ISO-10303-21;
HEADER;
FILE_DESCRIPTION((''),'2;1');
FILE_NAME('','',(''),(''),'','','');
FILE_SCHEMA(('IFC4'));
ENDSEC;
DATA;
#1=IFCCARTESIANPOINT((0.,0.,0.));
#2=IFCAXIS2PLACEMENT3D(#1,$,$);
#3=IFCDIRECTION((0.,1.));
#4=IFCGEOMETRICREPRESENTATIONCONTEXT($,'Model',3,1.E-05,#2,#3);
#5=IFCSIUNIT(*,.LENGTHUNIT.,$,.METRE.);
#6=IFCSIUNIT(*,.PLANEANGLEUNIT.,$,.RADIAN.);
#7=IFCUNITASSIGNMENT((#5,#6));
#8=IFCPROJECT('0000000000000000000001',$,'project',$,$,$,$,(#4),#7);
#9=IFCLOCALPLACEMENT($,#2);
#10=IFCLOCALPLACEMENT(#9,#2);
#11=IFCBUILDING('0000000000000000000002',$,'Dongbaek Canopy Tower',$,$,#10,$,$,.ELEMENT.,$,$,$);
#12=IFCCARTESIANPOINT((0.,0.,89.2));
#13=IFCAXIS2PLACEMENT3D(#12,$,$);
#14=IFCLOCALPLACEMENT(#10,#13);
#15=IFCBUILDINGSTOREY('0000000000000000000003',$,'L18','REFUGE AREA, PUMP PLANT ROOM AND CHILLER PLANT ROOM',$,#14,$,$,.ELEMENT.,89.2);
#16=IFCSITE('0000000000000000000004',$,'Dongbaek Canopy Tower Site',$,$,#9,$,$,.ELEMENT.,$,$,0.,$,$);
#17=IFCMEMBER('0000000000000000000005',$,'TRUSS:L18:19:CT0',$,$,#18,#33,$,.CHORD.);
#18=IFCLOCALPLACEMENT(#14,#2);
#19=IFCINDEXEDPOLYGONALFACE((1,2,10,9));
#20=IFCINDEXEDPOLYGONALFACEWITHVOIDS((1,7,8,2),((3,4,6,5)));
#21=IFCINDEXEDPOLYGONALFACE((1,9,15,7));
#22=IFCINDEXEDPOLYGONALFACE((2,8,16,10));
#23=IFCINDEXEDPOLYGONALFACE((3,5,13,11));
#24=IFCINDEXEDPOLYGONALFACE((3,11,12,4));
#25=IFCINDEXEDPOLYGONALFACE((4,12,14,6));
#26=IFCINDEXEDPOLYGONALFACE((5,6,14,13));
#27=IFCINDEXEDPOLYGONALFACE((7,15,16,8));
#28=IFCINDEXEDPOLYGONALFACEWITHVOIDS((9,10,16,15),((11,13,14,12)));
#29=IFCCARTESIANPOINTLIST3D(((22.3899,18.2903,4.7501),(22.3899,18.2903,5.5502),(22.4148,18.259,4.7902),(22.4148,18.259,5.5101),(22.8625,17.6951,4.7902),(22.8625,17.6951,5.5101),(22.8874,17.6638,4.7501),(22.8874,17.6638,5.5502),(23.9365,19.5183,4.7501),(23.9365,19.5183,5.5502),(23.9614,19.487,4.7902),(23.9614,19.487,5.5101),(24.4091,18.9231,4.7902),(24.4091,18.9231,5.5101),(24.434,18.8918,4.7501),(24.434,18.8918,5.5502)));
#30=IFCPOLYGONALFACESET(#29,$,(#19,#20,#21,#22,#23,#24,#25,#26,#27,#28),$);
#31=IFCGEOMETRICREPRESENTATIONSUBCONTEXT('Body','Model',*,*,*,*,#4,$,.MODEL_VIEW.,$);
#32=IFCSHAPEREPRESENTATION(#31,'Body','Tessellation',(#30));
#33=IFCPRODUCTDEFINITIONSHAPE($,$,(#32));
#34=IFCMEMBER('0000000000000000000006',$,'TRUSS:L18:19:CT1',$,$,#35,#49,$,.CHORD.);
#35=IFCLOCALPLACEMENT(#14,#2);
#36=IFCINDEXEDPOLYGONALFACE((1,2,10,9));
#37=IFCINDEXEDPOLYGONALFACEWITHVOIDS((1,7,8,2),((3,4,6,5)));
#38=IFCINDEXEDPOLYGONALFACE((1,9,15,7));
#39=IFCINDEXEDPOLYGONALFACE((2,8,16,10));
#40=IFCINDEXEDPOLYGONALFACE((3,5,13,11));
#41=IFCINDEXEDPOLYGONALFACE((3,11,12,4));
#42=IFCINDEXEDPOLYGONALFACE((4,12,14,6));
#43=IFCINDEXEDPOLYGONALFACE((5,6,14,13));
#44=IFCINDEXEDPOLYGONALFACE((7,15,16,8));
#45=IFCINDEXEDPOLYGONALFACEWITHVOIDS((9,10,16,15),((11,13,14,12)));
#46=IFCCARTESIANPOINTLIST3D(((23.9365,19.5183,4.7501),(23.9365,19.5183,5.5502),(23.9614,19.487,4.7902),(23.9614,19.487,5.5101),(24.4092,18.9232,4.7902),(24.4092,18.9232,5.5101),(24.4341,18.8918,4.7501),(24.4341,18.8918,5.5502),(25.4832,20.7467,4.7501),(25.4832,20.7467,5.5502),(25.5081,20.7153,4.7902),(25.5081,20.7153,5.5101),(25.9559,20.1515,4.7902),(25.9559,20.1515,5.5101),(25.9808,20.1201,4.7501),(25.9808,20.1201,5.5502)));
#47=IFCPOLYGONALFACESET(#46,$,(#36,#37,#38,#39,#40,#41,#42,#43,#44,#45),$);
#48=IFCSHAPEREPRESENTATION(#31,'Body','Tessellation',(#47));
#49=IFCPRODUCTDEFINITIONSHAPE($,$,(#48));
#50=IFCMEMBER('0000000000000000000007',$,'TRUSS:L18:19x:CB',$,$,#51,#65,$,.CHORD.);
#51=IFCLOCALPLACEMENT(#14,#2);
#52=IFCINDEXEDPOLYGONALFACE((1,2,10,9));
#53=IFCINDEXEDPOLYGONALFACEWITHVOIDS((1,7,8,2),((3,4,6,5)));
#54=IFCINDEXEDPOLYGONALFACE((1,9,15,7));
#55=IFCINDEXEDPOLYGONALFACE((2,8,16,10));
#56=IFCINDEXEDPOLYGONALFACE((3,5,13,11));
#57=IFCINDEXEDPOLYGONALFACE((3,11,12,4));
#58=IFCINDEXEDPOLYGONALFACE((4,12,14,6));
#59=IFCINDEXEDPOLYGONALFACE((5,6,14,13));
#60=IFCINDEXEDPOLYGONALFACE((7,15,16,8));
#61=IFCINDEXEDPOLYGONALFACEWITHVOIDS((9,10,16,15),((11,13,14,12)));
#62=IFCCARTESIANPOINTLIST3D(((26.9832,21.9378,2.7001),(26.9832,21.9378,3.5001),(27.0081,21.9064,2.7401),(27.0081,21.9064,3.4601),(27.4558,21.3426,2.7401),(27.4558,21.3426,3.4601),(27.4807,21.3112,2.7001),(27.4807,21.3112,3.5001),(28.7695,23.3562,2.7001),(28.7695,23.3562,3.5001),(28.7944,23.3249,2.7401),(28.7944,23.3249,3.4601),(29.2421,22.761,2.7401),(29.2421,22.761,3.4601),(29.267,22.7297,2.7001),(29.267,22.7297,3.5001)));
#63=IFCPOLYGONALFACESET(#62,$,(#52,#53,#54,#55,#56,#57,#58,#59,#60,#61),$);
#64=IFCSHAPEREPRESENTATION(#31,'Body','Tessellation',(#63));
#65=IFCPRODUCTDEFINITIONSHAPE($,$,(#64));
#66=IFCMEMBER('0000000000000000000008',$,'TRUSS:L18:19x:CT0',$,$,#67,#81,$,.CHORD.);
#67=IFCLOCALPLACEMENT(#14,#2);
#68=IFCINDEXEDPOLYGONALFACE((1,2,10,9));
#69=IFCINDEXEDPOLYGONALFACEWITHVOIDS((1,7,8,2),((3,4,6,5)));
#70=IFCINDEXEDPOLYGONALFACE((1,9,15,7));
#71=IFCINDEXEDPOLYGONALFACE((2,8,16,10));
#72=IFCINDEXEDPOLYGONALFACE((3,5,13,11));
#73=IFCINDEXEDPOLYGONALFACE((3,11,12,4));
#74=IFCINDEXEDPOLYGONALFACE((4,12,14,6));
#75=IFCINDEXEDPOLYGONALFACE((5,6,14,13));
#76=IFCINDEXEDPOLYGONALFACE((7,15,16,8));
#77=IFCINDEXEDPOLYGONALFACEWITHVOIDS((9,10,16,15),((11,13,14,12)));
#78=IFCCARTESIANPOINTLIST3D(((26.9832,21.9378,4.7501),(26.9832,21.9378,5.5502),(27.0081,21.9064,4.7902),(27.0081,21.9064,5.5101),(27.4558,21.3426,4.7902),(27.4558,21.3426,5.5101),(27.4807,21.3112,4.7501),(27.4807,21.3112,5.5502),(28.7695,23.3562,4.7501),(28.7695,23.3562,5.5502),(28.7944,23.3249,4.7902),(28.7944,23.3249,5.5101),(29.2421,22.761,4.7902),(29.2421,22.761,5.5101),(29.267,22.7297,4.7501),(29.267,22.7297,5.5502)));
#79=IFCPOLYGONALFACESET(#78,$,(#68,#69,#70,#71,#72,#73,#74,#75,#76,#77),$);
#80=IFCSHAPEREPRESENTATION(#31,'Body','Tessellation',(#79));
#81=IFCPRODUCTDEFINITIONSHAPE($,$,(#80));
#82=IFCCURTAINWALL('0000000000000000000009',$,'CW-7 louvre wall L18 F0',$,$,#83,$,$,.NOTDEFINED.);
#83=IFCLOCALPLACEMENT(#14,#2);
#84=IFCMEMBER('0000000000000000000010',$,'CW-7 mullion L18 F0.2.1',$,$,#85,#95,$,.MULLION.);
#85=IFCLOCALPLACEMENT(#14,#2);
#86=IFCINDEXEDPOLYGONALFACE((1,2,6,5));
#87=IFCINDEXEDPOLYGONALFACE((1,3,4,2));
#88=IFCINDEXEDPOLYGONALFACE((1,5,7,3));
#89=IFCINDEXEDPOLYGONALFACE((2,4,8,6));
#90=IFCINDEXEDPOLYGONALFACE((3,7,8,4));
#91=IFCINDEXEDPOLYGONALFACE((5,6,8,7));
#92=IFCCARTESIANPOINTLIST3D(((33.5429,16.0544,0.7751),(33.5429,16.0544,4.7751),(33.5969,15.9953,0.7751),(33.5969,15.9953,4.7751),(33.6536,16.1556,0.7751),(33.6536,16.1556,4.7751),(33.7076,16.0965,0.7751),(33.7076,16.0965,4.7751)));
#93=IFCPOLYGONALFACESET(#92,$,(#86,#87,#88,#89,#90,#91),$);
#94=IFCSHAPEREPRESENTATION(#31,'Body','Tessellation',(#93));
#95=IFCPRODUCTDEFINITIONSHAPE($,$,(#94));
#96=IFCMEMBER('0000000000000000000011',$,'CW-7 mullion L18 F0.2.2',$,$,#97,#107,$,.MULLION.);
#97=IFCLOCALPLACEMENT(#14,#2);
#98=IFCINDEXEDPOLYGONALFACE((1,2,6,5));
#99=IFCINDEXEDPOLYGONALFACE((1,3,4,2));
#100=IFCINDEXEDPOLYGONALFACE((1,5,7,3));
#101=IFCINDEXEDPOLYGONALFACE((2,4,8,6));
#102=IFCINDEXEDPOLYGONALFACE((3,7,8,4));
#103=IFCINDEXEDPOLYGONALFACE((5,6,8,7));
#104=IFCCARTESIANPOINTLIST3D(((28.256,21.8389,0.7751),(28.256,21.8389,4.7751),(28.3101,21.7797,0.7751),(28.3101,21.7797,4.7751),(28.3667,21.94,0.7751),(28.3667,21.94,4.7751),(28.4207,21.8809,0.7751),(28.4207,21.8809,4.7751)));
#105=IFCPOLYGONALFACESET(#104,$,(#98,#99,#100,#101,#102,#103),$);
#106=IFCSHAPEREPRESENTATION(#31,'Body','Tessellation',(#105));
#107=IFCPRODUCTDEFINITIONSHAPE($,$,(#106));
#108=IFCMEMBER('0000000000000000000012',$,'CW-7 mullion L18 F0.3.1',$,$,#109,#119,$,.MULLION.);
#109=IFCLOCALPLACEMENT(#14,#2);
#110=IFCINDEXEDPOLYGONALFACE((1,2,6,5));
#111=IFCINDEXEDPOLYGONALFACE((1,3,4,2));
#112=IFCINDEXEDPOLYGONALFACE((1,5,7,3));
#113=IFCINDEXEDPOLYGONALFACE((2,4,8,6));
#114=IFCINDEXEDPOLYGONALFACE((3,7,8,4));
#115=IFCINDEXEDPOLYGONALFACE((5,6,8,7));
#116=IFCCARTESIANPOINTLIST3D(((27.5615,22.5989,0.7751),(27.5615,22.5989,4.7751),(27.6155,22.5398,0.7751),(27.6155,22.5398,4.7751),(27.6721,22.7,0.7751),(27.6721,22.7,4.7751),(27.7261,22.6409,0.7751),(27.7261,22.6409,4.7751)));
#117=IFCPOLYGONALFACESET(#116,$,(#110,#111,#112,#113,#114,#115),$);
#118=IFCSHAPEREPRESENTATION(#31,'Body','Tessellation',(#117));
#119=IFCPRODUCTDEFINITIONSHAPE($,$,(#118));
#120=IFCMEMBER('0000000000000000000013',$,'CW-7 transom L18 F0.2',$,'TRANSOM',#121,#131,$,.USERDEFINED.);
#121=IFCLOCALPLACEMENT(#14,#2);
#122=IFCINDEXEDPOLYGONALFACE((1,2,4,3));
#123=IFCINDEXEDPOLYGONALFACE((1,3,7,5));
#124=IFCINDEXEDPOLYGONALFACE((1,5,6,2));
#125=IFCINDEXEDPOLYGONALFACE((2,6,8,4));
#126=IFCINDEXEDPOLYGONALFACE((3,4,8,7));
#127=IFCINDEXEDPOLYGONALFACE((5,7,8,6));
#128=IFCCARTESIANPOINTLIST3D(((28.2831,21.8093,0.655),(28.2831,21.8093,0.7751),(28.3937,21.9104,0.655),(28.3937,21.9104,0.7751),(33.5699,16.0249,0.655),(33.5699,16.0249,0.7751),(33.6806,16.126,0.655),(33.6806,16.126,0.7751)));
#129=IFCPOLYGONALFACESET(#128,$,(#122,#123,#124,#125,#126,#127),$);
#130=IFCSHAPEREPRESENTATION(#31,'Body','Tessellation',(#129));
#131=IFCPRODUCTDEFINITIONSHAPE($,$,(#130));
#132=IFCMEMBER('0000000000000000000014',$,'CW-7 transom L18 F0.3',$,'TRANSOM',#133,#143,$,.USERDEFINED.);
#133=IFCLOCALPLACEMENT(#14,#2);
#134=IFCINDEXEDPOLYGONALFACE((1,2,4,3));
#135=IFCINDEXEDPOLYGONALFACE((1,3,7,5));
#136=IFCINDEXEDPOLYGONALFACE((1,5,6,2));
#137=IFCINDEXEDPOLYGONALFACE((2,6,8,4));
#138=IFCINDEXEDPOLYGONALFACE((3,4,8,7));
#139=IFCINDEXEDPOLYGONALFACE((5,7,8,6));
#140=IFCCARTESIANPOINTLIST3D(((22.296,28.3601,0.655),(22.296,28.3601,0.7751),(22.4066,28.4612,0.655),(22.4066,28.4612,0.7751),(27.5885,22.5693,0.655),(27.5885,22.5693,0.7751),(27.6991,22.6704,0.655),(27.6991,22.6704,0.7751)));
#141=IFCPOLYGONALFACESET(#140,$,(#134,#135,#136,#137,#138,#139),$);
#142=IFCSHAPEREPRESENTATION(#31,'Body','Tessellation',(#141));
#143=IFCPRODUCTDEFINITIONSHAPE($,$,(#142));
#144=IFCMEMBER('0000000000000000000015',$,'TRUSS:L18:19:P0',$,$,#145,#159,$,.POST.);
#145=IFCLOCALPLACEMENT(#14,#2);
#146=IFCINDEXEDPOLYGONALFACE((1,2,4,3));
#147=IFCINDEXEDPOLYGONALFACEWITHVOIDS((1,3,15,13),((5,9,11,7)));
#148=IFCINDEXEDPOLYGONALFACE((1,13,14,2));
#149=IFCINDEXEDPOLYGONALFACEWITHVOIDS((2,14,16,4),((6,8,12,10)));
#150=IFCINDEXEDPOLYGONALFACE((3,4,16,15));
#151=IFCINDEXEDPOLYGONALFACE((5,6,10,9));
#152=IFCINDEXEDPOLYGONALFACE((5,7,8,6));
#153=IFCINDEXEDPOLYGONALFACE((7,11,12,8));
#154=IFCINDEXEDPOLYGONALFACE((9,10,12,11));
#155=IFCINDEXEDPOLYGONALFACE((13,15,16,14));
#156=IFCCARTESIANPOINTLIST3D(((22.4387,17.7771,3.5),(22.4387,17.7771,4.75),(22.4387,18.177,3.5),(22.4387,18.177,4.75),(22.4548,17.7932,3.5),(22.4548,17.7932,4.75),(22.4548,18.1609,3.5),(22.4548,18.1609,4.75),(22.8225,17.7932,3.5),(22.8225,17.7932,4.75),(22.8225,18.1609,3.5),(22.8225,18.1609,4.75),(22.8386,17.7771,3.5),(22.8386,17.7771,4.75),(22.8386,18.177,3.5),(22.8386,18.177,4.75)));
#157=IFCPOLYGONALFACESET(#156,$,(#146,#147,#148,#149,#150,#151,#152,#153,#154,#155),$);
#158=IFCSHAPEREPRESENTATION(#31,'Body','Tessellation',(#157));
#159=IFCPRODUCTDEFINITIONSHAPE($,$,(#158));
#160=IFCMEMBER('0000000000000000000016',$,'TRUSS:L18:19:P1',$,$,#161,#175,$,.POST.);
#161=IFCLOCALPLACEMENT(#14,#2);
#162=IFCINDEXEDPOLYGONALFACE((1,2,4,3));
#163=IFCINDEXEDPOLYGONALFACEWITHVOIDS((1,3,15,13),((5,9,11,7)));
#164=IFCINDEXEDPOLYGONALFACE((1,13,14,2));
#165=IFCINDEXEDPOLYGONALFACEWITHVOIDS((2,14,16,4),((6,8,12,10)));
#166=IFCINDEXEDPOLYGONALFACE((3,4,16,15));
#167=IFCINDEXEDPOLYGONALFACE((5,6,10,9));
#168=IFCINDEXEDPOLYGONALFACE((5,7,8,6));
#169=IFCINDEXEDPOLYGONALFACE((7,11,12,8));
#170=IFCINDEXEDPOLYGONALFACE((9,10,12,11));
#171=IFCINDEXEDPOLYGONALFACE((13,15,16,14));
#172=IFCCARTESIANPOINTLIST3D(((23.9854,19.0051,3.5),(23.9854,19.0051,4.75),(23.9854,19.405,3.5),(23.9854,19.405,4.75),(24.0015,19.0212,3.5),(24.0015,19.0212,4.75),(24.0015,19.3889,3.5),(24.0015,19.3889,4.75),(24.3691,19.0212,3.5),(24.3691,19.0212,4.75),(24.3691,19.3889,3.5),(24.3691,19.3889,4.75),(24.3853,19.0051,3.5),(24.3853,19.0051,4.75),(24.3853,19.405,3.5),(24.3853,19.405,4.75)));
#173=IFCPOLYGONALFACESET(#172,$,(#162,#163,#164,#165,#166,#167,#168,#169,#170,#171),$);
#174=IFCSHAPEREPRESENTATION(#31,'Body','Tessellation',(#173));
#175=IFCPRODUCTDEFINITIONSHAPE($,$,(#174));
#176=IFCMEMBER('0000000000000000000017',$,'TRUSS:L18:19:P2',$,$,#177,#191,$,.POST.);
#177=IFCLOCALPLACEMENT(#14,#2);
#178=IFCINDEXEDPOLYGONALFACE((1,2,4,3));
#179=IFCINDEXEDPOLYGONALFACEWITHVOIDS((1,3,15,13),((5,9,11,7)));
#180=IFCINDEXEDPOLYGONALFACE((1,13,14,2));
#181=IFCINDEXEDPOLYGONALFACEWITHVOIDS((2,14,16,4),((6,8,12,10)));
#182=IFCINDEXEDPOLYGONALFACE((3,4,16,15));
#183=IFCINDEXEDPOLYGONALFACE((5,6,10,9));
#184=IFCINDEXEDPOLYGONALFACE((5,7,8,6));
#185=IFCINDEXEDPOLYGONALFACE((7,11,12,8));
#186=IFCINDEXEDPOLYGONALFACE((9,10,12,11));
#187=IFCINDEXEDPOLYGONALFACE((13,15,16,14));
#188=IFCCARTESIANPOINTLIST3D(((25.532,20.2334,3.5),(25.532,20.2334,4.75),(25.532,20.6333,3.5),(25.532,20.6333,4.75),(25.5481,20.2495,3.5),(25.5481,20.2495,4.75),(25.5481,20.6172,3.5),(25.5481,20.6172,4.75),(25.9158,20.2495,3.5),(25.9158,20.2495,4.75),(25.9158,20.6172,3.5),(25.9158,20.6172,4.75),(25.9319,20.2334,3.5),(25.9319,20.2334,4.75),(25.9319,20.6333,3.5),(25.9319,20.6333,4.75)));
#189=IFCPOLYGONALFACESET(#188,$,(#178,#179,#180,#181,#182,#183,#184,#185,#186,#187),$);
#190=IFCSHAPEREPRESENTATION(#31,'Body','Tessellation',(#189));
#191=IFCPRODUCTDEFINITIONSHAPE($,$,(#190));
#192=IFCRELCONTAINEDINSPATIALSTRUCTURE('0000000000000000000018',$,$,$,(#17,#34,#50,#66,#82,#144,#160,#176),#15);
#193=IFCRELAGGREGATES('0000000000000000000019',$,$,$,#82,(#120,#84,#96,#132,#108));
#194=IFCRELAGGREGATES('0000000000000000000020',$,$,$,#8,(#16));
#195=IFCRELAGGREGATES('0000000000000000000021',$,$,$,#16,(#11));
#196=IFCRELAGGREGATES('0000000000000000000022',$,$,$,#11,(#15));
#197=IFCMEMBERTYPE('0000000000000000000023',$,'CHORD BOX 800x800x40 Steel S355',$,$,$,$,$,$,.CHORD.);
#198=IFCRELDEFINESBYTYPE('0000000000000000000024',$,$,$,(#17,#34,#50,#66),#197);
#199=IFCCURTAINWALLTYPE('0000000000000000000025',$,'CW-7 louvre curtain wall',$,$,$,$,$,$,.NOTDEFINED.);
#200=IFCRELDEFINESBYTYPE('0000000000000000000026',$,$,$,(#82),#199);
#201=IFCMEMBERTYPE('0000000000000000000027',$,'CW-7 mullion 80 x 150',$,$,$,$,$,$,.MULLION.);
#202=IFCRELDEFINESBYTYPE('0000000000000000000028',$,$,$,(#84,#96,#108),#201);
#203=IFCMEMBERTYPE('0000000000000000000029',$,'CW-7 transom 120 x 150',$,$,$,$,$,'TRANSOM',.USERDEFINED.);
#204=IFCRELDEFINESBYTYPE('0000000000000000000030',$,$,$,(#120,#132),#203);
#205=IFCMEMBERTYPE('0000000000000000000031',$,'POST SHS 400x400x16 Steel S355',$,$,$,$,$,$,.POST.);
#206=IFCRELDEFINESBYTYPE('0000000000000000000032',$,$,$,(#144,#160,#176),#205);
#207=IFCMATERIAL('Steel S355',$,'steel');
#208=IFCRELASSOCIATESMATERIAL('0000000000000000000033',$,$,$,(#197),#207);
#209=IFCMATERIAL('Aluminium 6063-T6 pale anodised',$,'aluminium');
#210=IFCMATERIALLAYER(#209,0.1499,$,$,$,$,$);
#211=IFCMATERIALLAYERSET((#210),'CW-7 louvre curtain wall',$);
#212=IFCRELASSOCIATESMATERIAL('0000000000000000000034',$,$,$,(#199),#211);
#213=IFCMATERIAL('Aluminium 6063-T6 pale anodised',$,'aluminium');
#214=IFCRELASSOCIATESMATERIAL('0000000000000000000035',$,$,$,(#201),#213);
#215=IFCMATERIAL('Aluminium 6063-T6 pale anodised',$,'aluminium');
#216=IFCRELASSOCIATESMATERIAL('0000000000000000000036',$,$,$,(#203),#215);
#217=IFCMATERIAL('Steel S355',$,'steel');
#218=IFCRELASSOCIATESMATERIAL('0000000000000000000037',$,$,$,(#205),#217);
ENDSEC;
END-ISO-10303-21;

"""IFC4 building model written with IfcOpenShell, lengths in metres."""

from ifc_helpers import new_model, si_unit, direction, frame, origin, origin_2d, place, context, subcontext, project, spatial, rectangle, hollow_rectangle, extrude, material, layer, layer_set, material_profile, profile_set, type_object, element, aggregate, save


model = new_model("IFC4")

# Units and contexts
model_context = context("Model", 3, precision=1e-05, world=origin(), true_north=direction((0.0, 1.0)))
body_context = subcontext(model_context, "Body", "Model", "MODEL_VIEW")
ifc_project = project(units=[si_unit("LENGTHUNIT", "METRE"), si_unit("PLANEANGLEUNIT", "RADIAN")], contexts=[model_context])

# Site, building, storey
site_placement = place(None, origin())
site = spatial("IfcSite", under=ifc_project, at=site_placement, Name="Dongbaek Canopy Tower Site", CompositionType="ELEMENT", RefElevation=0.0)
building_placement = place(site_placement, origin())
building = spatial("IfcBuilding", under=site, at=building_placement, Name="Dongbaek Canopy Tower", CompositionType="ELEMENT")
storey_placement = place(building_placement, frame((0.0, 0.0, 89.2)))
storey = spatial("IfcBuildingStorey", under=building, at=storey_placement, Name="L18", Description="REFUGE AREA, PUMP PLANT ROOM AND CHILLER PLANT ROOM", CompositionType="ELEMENT", Elevation=89.2)

# Members
ifc_material_1 = material(Name="Steel S355", Category="steel")
ifc_material_profile_1 = material_profile(ifc_material_1, hollow_rectangle(XDim=0.8, YDim=0.8, WallThickness=0.04, at=origin_2d()), Name="CHORD BOX 800x800x40 Steel S355")
ifc_profile_set_1 = profile_set([ifc_material_profile_1], Name="Steel S355")
member_type_1 = type_object("IfcMemberType", Name="CHORD BOX 800x800x40 Steel S355", PredefinedType="CHORD", material=ifc_profile_set_1)
member_1_placement = place(storey_placement, frame((22.6387, 17.9771, 5.1501), z_axis=(0.783155, 0.621826, 0.0), x_axis=(-0.621826, 0.783155, 0.0)))
element("IfcMember", 1, at=member_1_placement, inside=storey, type_object=member_type_1, Name="TRUSS:L18:19:CT0", PredefinedType="CHORD", context=body_context, shape_type="SweptSolid", body=[
    extrude(hollow_rectangle(XDim=0.8, YDim=0.8, WallThickness=0.04, at=origin_2d()), origin(), (0.0, 0.0, 1.0), 1.9749),
])
member_2_placement = place(storey_placement, frame((24.1853, 19.2051, 5.1501), z_axis=(0.783095, 0.621902, 0.0), x_axis=(-0.621902, 0.783095, 0.0)))
element("IfcMember", 2, at=member_2_placement, inside=storey, type_object=member_type_1, Name="TRUSS:L18:19:CT1", PredefinedType="CHORD", context=body_context, shape_type="SweptSolid", body=[
    extrude(hollow_rectangle(XDim=0.8, YDim=0.8, WallThickness=0.04, at=origin_2d()), origin(), (0.0, 0.0, 1.0), 1.9751),
])
for number, where, z_axis, x_axis, name in (
    (3, (27.2319, 21.6245, 3.1001), (0.78314, 0.621845, 0.0), (-0.621845, 0.78314, 0.0), "TRUSS:L18:19x:CB"),
    (4, (27.2319, 21.6245, 5.1501), (0.78314, 0.621845, 0.0), (-0.621845, 0.78314, 0.0), "TRUSS:L18:19x:CT0"),
):
    element("IfcMember", number, at=place(storey_placement, frame(where, z_axis=z_axis, x_axis=x_axis)), inside=storey, type_object=member_type_1, Name=name, PredefinedType="CHORD", context=body_context, shape_type="SweptSolid", body=[
        extrude(hollow_rectangle(XDim=0.8, YDim=0.8, WallThickness=0.04, at=origin_2d()), origin(), (0.0, 0.0, 1.0), 2.281),
    ])

# Curtain wall, members
ifc_material_2 = material(Name="Aluminium 6063-T6 pale anodised", Category="aluminium")
ifc_layer_1 = layer(ifc_material_2, 0.1499)
ifc_layer_set_1 = layer_set([ifc_layer_1], Name="CW-7 louvre curtain wall")
curtain_wall_type = type_object("IfcCurtainWallType", Name="CW-7 louvre curtain wall", PredefinedType="NOTDEFINED", material=ifc_layer_set_1)
curtain_wall_placement = place(storey_placement, origin())
curtain_wall = element("IfcCurtainWall", 5, at=curtain_wall_placement, inside=storey, type_object=curtain_wall_type, Name="CW-7 louvre wall L18 F0", PredefinedType="NOTDEFINED")
ifc_material_3 = material(Name="Aluminium 6063-T6 pale anodised", Category="aluminium")
ifc_material_profile_2 = material_profile(ifc_material_3, rectangle(XDim=0.1499, YDim=0.0801, at=origin_2d()), Name="CW-7 mullion 80 x 150")
ifc_profile_set_2 = profile_set([ifc_material_profile_2], Name="Aluminium 6063-T6 pale anodised")
member_type_2 = type_object("IfcMemberType", Name="CW-7 mullion 80 x 150", PredefinedType="MULLION", material=ifc_profile_set_2)
member_3_placement = place(storey_placement, frame((33.6252, 16.0754, 0.7751), z_axis=(0.0, 0.0, 1.0), x_axis=(0.738141, 0.674647, 0.0)))
member_3 = element("IfcMember", 6, at=member_3_placement, type_object=member_type_2, Name="CW-7 mullion L18 F0.2.1", PredefinedType="MULLION", context=body_context, shape_type="SweptSolid", body=[
    extrude(rectangle(XDim=0.1499, YDim=0.0801, at=origin_2d()), origin(), (0.0, 0.0, 1.0), 4.0),
])
member_4_placement = place(storey_placement, frame((28.3384, 21.8599, 0.7751), z_axis=(0.0, 0.0, 1.0), x_axis=(0.738141, 0.674647, 0.0)))
member_4 = element("IfcMember", 7, at=member_4_placement, type_object=member_type_2, Name="CW-7 mullion L18 F0.2.2", PredefinedType="MULLION", context=body_context, shape_type="SweptSolid", body=[
    extrude(rectangle(XDim=0.1499, YDim=0.0801, at=origin_2d()), origin(), (0.0, 0.0, 1.0), 4.0),
])
member_5_placement = place(storey_placement, frame((27.6438, 22.6199, 0.7751), z_axis=(0.0, 0.0, 1.0), x_axis=(0.738141, 0.674647, 0.0)))
member_5 = element("IfcMember", 8, at=member_5_placement, type_object=member_type_2, Name="CW-7 mullion L18 F0.3.1", PredefinedType="MULLION", context=body_context, shape_type="SweptSolid", body=[
    extrude(rectangle(XDim=0.1499, YDim=0.0801, at=origin_2d()), origin(), (0.0, 0.0, 1.0), 4.0),
])
ifc_material_4 = material(Name="Aluminium 6063-T6 pale anodised", Category="aluminium")
ifc_material_profile_3 = material_profile(ifc_material_4, rectangle(XDim=0.1499, YDim=0.1201, at=origin_2d()), Name="CW-7 transom 120 x 150")
ifc_profile_set_3 = profile_set([ifc_material_profile_3], Name="Aluminium 6063-T6 pale anodised")
member_type_3 = type_object("IfcMemberType", Name="CW-7 transom 120 x 150", ElementType="TRANSOM", PredefinedType="USERDEFINED", material=ifc_profile_set_3)
member_6_placement = place(storey_placement, frame((33.6252, 16.0754, 0.7151), z_axis=(-0.674647, 0.73814, 0.0), x_axis=(-0.73814, -0.674647, 0.0)))
member_6 = element("IfcMember", 9, at=member_6_placement, type_object=member_type_3, Name="CW-7 transom L18 F0.2", ObjectType="TRANSOM", PredefinedType="USERDEFINED", context=body_context, shape_type="SweptSolid", body=[
    extrude(rectangle(XDim=0.1499, YDim=0.1201, at=origin_2d()), origin(), (0.0, 0.0, 1.0), 7.8364),
])
member_7_placement = place(storey_placement, frame((27.6438, 22.6199, 0.7151), z_axis=(-0.674635, 0.738152, 0.0), x_axis=(-0.738152, -0.674635, 0.0)))
member_7 = element("IfcMember", 10, at=member_7_placement, type_object=member_type_3, Name="CW-7 transom L18 F0.3", ObjectType="TRANSOM", PredefinedType="USERDEFINED", context=body_context, shape_type="SweptSolid", body=[
    extrude(rectangle(XDim=0.1499, YDim=0.1201, at=origin_2d()), origin(), (0.0, 0.0, 1.0), 7.845),
])

# Members
ifc_material_5 = material(Name="Steel S355", Category="steel")
ifc_material_profile_4 = material_profile(ifc_material_5, hollow_rectangle(XDim=0.3999, YDim=0.3999, WallThickness=0.0161, at=origin_2d()), Name="POST SHS 400x400x16 Steel S355")
ifc_profile_set_4 = profile_set([ifc_material_profile_4], Name="Steel S355")
member_type_4 = type_object("IfcMemberType", Name="POST SHS 400x400x16 Steel S355", PredefinedType="POST", material=ifc_profile_set_4)
for number, where, z_axis, x_axis, name in (
    (11, (22.6387, 17.9771, 3.5), (0.0, 0.0, 1.0), (1.0, 0.0, 0.0), "TRUSS:L18:19:P0"),
    (12, (24.1853, 19.2051, 3.5), (0.0, 0.0, 1.0), (1.0, 0.0, 0.0), "TRUSS:L18:19:P1"),
    (13, (25.7319, 20.4333, 3.5), (0.0, 0.0, 1.0), (1.0, 0.0, 0.0), "TRUSS:L18:19:P2"),
):
    element("IfcMember", number, at=place(storey_placement, frame(where, z_axis=z_axis, x_axis=x_axis)), inside=storey, type_object=member_type_4, Name=name, PredefinedType="POST", context=body_context, shape_type="SweptSolid", body=[
        extrude(hollow_rectangle(XDim=0.3999, YDim=0.3999, WallThickness=0.0161, at=origin_2d()), origin(), (0.0, 0.0, 1.0), 1.25),
    ])

aggregate(curtain_wall, [member_6, member_3, member_4, member_7, member_5])

save(model, "model.ifc")
